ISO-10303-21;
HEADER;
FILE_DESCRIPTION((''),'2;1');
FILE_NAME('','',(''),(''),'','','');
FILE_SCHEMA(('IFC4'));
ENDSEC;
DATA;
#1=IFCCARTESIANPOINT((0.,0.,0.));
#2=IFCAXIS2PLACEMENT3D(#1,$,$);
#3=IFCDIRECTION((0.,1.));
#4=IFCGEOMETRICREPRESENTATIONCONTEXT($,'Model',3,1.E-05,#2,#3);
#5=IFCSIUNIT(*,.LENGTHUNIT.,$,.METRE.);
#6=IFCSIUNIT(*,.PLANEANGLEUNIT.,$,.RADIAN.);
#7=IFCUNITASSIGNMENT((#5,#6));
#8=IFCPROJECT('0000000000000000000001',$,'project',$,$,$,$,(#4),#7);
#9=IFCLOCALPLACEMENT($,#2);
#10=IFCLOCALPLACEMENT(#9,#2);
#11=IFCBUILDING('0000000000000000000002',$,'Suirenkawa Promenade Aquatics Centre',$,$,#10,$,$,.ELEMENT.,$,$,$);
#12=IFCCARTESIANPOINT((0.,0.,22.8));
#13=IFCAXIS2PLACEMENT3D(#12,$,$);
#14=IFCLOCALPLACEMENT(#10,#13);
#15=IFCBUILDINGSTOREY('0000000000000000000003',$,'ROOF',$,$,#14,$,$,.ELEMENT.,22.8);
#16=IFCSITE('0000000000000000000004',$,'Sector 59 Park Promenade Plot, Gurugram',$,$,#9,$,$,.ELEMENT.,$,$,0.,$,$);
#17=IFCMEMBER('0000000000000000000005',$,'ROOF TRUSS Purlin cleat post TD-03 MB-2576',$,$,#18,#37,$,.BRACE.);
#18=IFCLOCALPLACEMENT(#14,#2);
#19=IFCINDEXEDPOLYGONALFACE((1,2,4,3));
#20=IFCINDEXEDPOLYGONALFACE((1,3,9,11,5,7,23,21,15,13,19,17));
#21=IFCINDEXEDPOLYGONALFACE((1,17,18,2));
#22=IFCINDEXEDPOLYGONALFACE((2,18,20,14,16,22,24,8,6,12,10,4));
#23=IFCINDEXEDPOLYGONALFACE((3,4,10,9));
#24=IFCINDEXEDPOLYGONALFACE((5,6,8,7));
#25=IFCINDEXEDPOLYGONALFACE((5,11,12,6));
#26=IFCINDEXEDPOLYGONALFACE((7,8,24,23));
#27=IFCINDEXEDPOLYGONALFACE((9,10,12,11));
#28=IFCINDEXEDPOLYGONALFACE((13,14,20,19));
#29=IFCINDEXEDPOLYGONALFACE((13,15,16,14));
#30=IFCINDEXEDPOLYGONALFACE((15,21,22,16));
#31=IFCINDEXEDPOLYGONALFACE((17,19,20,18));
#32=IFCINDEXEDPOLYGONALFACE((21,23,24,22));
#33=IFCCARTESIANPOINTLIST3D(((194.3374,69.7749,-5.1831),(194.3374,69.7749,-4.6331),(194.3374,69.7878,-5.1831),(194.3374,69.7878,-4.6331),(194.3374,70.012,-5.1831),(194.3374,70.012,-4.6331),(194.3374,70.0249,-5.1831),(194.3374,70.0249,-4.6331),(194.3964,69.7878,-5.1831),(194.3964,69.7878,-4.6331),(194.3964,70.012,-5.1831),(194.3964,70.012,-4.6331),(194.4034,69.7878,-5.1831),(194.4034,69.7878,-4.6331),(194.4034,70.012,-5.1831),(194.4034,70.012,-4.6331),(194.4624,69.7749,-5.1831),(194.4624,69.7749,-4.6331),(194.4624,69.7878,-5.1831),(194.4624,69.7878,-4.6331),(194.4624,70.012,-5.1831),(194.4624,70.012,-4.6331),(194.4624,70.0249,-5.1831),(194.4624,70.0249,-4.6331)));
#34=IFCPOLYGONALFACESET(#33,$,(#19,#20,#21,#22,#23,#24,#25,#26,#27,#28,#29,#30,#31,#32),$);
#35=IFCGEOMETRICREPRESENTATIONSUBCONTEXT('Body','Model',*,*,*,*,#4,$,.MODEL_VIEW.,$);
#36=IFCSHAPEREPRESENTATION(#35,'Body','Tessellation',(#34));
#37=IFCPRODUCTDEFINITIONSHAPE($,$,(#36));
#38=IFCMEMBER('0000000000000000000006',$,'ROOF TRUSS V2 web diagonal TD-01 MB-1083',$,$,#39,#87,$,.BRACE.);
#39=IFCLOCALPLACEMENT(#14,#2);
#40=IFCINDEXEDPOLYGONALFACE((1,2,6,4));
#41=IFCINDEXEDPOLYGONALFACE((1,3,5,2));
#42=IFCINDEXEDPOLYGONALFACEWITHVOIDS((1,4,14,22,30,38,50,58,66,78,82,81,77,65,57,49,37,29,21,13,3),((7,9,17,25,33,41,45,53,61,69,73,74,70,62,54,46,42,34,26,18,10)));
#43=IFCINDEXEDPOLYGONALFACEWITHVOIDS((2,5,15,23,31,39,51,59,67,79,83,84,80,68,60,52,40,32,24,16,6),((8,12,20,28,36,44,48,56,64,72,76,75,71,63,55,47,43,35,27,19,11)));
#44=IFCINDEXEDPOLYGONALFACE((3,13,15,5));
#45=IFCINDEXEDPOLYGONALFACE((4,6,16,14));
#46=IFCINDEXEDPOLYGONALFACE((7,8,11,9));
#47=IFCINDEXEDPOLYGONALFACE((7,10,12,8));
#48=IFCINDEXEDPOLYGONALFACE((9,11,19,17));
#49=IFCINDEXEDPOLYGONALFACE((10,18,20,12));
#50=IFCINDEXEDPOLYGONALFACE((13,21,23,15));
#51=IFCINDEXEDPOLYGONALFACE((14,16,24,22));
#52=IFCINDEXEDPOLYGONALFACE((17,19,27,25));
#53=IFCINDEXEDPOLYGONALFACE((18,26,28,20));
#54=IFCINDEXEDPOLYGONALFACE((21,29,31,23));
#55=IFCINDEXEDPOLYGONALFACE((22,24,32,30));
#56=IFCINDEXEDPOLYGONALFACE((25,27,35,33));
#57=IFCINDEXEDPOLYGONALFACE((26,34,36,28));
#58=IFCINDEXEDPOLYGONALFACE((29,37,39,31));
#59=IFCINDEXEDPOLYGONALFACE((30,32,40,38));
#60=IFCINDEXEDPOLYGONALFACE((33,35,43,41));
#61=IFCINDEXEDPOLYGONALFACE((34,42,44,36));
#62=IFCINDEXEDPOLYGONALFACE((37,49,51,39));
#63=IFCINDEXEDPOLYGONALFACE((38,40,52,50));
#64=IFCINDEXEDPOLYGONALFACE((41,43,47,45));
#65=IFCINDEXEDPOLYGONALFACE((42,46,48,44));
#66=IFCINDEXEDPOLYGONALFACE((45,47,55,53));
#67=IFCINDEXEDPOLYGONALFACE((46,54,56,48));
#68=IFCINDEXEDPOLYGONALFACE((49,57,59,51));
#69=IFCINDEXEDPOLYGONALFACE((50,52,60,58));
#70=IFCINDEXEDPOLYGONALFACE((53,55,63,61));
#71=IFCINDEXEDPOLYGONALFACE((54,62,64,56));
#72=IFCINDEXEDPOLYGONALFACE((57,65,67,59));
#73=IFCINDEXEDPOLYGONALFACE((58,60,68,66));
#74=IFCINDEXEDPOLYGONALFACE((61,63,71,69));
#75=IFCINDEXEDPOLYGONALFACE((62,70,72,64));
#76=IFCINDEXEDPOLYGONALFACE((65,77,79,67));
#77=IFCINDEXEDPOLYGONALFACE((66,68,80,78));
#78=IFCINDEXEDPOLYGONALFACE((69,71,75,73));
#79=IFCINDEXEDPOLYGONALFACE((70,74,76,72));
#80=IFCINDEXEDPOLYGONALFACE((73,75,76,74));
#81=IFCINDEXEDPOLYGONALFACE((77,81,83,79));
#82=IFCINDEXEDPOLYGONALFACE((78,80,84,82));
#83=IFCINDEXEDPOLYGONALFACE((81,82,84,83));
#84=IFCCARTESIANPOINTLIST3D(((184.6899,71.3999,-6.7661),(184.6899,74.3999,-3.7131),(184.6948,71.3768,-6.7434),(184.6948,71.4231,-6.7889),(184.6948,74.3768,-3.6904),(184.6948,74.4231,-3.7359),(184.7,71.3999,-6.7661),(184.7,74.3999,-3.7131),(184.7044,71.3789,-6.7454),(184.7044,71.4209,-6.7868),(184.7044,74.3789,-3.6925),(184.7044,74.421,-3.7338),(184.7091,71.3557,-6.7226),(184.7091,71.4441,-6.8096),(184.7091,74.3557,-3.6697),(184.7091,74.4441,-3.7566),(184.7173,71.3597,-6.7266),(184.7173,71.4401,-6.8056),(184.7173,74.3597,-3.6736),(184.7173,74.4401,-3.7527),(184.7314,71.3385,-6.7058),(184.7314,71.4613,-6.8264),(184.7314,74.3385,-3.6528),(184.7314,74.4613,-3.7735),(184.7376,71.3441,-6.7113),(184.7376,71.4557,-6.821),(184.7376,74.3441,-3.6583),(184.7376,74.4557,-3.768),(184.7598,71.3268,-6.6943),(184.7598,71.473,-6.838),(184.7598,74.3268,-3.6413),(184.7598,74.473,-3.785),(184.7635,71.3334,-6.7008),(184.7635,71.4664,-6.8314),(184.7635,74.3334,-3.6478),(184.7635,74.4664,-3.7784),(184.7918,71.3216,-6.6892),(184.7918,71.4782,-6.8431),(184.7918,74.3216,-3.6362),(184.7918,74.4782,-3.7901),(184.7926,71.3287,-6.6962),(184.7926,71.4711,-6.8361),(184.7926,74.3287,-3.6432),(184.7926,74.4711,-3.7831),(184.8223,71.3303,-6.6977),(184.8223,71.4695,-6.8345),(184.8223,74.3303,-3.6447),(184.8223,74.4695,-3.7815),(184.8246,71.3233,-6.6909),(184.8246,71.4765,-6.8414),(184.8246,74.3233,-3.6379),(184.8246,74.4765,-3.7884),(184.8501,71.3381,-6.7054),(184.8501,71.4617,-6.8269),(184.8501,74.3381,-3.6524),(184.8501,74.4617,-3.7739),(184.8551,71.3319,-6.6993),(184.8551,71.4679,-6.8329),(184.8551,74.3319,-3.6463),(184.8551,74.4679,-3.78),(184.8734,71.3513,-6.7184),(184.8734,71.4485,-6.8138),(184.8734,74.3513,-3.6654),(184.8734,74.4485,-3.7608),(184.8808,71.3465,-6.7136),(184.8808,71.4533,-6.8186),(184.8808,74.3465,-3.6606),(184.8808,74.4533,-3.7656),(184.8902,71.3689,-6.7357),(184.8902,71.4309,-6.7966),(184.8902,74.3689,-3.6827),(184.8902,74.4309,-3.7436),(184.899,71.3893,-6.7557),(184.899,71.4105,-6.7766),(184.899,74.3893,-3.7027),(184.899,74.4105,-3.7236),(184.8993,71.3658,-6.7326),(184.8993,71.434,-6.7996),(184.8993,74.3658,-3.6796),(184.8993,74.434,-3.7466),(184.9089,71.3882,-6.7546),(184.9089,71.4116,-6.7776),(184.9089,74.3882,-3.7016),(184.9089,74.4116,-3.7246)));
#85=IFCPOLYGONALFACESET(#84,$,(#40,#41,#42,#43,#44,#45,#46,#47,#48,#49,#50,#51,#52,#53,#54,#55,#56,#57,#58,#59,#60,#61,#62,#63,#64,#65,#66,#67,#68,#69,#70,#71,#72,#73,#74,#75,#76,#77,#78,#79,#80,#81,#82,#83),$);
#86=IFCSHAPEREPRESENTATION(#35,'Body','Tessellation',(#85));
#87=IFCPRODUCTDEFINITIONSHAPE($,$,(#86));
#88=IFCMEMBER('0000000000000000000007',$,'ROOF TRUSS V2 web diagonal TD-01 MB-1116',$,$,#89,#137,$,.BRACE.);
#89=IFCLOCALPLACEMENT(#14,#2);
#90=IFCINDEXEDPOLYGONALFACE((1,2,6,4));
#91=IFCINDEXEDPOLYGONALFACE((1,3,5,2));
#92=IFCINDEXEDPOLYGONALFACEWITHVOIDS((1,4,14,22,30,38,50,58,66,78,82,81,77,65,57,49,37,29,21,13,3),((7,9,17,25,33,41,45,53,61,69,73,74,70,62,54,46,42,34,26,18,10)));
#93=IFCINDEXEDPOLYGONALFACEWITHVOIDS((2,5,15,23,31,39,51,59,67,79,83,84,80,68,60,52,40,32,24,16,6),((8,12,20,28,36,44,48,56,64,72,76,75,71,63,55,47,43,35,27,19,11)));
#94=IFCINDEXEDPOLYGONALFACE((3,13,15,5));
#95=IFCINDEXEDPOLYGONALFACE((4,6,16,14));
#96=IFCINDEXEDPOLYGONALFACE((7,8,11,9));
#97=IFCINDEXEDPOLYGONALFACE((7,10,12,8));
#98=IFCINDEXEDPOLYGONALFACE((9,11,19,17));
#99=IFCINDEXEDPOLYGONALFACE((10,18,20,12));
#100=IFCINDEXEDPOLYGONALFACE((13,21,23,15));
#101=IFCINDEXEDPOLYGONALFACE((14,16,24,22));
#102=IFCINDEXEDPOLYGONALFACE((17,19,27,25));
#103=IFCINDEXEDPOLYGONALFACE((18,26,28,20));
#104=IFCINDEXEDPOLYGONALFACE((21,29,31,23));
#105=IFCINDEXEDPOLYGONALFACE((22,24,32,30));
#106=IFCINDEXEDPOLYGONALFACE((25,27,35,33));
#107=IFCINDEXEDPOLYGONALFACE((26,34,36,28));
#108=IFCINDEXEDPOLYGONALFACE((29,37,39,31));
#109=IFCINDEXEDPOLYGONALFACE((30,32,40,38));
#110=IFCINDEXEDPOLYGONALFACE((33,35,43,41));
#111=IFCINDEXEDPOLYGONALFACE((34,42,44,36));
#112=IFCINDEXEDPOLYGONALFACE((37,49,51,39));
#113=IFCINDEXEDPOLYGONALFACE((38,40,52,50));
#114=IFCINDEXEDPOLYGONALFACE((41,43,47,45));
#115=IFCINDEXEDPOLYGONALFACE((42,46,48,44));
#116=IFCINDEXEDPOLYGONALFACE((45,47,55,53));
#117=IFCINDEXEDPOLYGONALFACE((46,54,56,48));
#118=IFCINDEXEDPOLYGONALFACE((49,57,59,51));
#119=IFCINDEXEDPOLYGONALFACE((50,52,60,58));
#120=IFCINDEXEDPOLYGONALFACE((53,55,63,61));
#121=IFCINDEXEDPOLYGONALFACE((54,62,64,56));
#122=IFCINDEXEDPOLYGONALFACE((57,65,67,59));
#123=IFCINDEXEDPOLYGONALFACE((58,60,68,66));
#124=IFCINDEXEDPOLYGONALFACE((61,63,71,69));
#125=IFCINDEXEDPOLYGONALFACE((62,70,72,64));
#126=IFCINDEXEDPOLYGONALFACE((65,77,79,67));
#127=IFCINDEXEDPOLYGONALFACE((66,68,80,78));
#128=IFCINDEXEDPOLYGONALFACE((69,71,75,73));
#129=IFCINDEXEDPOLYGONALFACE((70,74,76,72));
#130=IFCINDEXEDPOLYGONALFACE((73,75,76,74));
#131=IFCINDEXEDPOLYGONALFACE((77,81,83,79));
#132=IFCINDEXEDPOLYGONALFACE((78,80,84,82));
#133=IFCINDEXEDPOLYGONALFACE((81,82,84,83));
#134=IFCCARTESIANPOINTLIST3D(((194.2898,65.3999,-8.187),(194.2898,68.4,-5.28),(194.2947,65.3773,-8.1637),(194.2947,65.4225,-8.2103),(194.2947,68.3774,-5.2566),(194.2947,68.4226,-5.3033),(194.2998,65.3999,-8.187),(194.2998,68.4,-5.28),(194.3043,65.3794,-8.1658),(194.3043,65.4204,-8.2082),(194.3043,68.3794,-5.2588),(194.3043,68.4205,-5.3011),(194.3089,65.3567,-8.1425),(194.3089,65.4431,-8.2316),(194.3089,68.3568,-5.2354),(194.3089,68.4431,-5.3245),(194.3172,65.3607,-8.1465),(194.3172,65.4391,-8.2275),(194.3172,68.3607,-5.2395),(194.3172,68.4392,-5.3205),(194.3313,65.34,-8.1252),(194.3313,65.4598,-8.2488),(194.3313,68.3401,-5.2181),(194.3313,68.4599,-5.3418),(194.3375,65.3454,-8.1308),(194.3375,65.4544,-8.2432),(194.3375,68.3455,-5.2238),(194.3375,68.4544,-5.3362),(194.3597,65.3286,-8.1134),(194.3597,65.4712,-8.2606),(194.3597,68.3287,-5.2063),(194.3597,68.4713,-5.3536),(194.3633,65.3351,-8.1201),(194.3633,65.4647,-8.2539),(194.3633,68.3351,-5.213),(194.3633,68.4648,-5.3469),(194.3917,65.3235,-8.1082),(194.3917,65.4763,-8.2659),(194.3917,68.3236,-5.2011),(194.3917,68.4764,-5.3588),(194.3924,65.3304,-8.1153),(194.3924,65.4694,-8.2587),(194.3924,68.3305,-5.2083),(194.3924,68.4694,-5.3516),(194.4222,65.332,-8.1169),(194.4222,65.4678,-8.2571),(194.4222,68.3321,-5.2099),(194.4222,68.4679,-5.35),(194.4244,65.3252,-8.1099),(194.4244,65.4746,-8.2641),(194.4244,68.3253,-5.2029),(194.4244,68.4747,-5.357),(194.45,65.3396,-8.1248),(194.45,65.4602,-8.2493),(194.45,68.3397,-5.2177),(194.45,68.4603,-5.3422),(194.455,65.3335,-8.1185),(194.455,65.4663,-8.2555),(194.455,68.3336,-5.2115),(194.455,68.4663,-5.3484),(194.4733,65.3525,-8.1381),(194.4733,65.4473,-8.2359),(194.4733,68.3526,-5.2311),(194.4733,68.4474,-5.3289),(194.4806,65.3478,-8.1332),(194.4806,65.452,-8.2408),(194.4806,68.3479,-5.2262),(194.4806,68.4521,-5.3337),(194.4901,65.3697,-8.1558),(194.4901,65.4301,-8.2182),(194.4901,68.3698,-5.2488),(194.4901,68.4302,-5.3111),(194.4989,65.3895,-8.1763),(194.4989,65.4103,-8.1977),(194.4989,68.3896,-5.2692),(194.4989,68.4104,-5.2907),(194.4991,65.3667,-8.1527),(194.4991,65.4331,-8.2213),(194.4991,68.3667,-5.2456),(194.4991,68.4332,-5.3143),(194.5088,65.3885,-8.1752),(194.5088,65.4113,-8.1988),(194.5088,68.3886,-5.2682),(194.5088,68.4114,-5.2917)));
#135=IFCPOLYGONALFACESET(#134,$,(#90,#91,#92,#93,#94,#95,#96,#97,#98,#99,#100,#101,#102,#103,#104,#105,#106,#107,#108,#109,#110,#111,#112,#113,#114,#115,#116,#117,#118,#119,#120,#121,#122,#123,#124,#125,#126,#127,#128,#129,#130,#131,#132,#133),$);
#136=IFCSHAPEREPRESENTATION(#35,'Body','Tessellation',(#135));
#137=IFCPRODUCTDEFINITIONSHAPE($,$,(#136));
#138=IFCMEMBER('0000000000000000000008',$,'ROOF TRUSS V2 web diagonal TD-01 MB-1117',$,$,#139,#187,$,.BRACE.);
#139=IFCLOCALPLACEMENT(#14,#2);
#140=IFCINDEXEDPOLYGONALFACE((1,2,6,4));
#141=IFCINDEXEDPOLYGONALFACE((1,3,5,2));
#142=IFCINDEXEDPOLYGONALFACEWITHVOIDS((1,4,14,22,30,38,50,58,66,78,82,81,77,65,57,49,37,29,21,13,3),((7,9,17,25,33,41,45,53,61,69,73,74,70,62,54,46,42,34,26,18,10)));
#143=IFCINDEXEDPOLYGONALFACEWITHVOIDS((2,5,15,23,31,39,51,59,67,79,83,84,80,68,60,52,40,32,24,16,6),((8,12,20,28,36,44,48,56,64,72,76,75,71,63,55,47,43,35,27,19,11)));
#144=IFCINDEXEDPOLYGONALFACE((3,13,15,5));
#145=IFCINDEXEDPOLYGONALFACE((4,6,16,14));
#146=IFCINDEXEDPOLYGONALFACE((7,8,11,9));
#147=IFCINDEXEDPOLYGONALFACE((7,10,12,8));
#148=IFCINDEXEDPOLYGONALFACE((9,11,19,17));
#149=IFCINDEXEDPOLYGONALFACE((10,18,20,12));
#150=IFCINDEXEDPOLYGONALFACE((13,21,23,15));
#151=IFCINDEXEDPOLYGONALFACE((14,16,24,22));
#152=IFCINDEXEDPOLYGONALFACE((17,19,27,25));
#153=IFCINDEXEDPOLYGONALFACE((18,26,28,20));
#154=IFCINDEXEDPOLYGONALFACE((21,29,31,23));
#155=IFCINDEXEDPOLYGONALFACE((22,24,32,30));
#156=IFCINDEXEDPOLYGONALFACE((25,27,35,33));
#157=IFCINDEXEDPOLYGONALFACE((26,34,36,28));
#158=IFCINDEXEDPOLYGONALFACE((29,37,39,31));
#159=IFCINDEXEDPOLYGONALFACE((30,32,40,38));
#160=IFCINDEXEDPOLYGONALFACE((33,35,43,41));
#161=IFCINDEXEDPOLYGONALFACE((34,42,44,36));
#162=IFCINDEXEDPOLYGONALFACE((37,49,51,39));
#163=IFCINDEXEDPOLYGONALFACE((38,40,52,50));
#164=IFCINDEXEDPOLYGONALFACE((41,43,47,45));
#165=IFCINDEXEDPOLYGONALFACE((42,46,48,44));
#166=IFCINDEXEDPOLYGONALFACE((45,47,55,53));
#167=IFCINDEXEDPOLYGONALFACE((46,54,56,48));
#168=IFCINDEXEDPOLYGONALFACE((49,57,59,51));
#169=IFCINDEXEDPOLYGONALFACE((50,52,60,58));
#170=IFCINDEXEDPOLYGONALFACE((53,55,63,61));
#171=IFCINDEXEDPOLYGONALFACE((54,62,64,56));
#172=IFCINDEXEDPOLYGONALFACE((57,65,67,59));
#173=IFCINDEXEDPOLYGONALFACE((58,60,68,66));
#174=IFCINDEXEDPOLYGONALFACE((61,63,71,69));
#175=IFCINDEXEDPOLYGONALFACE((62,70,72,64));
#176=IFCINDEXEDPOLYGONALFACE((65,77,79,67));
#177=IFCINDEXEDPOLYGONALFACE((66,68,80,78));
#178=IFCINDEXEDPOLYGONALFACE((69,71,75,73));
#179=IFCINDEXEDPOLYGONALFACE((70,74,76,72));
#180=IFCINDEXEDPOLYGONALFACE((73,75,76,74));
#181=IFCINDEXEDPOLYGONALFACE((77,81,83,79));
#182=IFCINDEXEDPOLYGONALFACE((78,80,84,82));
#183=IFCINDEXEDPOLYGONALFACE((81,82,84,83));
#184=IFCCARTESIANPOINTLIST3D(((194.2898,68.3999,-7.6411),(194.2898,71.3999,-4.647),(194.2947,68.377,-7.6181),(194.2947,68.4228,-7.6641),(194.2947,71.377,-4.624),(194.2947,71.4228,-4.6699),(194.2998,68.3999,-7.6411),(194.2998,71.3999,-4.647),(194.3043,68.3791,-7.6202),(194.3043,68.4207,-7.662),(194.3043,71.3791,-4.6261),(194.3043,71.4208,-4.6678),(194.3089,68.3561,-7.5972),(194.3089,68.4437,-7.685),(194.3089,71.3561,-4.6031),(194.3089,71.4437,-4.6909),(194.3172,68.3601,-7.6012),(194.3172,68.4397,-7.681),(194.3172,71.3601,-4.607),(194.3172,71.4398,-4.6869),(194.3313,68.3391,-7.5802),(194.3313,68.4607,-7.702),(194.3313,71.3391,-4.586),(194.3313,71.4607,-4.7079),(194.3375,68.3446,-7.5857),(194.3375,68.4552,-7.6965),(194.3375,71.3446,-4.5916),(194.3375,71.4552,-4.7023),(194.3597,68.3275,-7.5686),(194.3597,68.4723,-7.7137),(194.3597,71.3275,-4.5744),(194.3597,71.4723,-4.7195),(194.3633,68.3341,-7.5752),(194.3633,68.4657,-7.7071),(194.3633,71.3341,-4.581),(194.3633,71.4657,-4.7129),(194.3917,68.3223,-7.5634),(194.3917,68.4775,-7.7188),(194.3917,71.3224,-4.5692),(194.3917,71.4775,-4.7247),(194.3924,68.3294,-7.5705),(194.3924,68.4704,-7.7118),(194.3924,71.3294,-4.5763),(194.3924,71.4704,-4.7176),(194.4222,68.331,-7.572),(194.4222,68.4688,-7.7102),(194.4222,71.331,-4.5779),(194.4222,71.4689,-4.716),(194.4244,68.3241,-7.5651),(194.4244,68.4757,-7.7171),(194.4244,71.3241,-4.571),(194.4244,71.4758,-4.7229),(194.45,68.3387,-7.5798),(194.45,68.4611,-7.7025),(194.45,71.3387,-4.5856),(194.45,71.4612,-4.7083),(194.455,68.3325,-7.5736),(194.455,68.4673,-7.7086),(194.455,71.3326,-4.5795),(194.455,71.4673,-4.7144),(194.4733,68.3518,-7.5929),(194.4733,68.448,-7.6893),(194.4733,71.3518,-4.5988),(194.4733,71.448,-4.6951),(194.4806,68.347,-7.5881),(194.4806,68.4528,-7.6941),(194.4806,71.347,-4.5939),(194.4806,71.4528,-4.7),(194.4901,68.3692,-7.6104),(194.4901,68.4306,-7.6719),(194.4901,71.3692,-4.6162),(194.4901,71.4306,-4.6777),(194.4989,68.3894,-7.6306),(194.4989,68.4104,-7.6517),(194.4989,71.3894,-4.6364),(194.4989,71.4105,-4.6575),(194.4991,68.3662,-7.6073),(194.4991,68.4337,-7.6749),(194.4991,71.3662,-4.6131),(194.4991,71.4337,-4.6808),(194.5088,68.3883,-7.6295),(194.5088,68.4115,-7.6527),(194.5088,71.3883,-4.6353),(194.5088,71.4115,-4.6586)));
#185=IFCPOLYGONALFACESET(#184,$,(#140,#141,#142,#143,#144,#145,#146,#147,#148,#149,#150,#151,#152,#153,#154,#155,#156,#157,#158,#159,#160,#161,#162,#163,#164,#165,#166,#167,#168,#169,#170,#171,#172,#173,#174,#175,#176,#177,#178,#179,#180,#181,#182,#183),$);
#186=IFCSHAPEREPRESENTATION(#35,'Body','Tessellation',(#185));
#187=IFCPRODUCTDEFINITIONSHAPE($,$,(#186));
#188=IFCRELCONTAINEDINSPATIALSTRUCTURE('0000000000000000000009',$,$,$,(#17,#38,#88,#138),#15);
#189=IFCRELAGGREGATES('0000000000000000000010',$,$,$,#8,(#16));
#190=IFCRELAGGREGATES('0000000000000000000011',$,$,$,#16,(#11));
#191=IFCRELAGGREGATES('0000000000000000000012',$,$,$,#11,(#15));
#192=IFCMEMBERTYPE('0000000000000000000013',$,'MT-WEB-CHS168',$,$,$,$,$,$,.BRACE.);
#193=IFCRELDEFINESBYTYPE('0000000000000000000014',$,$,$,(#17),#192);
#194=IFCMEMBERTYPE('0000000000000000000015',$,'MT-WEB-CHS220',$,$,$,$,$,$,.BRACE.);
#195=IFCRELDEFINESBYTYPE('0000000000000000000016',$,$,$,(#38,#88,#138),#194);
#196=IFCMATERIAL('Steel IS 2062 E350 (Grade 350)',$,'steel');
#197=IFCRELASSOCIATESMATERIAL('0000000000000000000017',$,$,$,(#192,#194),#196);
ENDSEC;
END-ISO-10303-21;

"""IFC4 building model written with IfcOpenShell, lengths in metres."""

from ifc_helpers import new_model, si_unit, direction, frame, origin, origin_2d, place, context, subcontext, project, spatial, hollow_circle, i_section, extrude, material, material_profile, profile_set, type_object, element, save


model = new_model("IFC4")

# Units and contexts
model_context = context("Model", 3, precision=1e-05, world=origin(), true_north=direction((0.0, 1.0)))
body_context = subcontext(model_context, "Body", "Model", "MODEL_VIEW")
ifc_project = project(units=[si_unit("LENGTHUNIT", "METRE"), si_unit("PLANEANGLEUNIT", "RADIAN")], contexts=[model_context])

# Site, building, storey
site_placement = place(None, origin())
site = spatial("IfcSite", under=ifc_project, at=site_placement, Name="Sector 59 Park Promenade Plot, Gurugram", CompositionType="ELEMENT", RefElevation=0.0)
building_placement = place(site_placement, origin())
building = spatial("IfcBuilding", under=site, at=building_placement, Name="Suirenkawa Promenade Aquatics Centre", CompositionType="ELEMENT")
storey_placement = place(building_placement, frame((0.0, 0.0, 22.8)))
storey = spatial("IfcBuildingStorey", under=building, at=storey_placement, Name="ROOF", CompositionType="ELEMENT", Elevation=22.8)

# Shared definitions
ifc_material = material(Name="Steel IS 2062 E350 (Grade 350)", Category="steel")

# Members
ifc_material_profile_1 = material_profile(ifc_material, i_section(OverallWidth=0.125, OverallDepth=0.25, WebThickness=0.0071, FlangeThickness=0.0129, at=origin_2d()), Name="ISMB 250", Category="steel")
ifc_profile_set_1 = profile_set([ifc_material_profile_1], Name="Steel IS 2062 E350 (Grade 350)")
member_type_1 = type_object("IfcMemberType", Name="MT-WEB-CHS168", PredefinedType="BRACE", material=ifc_profile_set_1)
member_1_placement = place(storey_placement, frame((194.3999, 69.8999, -5.1831), z_axis=(0.0, 0.0, 1.0), x_axis=(1.0, 0.0, 0.0)))
element("IfcMember", 1, at=member_1_placement, inside=storey, type_object=member_type_1, Name="ROOF TRUSS Purlin cleat post TD-03 MB-2576", PredefinedType="BRACE", context=body_context, shape_type="SweptSolid", body=[
    extrude(i_section(OverallWidth=0.125, OverallDepth=0.25, WebThickness=0.0071, FlangeThickness=0.0129, at=origin_2d()), origin(), (0.0, 0.0, 1.0), 0.55),
])
ifc_material_profile_2 = material_profile(ifc_material, hollow_circle(Radius=0.1101, WallThickness=0.01, at=origin_2d()), Name="CHS 220x10", Category="steel")
ifc_profile_set_2 = profile_set([ifc_material_profile_2], Name="Steel IS 2062 E350 (Grade 350)")
member_type_2 = type_object("IfcMemberType", Name="MT-WEB-CHS220", PredefinedType="BRACE", material=ifc_profile_set_2)
member_2_placement = place(storey_placement, frame((184.8, 71.3999, -6.7661), z_axis=(0.0, 0.700891, 0.713268), x_axis=(-1.0, 0.0, 0.0)))
element("IfcMember", 2, at=member_2_placement, inside=storey, type_object=member_type_2, Name="ROOF TRUSS V2 web diagonal TD-01 MB-1083", PredefinedType="BRACE", context=body_context, shape_type="SweptSolid", body=[
    extrude(hollow_circle(Radius=0.1101, WallThickness=0.01, at=origin_2d()), origin(), (0.0, 0.0, 1.0), 4.2803),
])
member_3_placement = place(storey_placement, frame((194.3999, 65.3999, -8.187), z_axis=(0.0, 0.718153, 0.695886), x_axis=(-1.0, 0.0, 0.0)))
element("IfcMember", 3, at=member_3_placement, inside=storey, type_object=member_type_2, Name="ROOF TRUSS V2 web diagonal TD-01 MB-1116", PredefinedType="BRACE", context=body_context, shape_type="SweptSolid", body=[
    extrude(hollow_circle(Radius=0.1101, WallThickness=0.01, at=origin_2d()), origin(), (0.0, 0.0, 1.0), 4.1775),
])
member_4_placement = place(storey_placement, frame((194.3999, 68.3999, -7.6411), z_axis=(0.0, 0.707798, 0.706415), x_axis=(-1.0, 0.0, 0.0)))
element("IfcMember", 4, at=member_4_placement, inside=storey, type_object=member_type_2, Name="ROOF TRUSS V2 web diagonal TD-01 MB-1117", PredefinedType="BRACE", context=body_context, shape_type="SweptSolid", body=[
    extrude(hollow_circle(Radius=0.1101, WallThickness=0.01, at=origin_2d()), origin(), (0.0, 0.0, 1.0), 4.2385),
])

save(model, "model.ifc")
